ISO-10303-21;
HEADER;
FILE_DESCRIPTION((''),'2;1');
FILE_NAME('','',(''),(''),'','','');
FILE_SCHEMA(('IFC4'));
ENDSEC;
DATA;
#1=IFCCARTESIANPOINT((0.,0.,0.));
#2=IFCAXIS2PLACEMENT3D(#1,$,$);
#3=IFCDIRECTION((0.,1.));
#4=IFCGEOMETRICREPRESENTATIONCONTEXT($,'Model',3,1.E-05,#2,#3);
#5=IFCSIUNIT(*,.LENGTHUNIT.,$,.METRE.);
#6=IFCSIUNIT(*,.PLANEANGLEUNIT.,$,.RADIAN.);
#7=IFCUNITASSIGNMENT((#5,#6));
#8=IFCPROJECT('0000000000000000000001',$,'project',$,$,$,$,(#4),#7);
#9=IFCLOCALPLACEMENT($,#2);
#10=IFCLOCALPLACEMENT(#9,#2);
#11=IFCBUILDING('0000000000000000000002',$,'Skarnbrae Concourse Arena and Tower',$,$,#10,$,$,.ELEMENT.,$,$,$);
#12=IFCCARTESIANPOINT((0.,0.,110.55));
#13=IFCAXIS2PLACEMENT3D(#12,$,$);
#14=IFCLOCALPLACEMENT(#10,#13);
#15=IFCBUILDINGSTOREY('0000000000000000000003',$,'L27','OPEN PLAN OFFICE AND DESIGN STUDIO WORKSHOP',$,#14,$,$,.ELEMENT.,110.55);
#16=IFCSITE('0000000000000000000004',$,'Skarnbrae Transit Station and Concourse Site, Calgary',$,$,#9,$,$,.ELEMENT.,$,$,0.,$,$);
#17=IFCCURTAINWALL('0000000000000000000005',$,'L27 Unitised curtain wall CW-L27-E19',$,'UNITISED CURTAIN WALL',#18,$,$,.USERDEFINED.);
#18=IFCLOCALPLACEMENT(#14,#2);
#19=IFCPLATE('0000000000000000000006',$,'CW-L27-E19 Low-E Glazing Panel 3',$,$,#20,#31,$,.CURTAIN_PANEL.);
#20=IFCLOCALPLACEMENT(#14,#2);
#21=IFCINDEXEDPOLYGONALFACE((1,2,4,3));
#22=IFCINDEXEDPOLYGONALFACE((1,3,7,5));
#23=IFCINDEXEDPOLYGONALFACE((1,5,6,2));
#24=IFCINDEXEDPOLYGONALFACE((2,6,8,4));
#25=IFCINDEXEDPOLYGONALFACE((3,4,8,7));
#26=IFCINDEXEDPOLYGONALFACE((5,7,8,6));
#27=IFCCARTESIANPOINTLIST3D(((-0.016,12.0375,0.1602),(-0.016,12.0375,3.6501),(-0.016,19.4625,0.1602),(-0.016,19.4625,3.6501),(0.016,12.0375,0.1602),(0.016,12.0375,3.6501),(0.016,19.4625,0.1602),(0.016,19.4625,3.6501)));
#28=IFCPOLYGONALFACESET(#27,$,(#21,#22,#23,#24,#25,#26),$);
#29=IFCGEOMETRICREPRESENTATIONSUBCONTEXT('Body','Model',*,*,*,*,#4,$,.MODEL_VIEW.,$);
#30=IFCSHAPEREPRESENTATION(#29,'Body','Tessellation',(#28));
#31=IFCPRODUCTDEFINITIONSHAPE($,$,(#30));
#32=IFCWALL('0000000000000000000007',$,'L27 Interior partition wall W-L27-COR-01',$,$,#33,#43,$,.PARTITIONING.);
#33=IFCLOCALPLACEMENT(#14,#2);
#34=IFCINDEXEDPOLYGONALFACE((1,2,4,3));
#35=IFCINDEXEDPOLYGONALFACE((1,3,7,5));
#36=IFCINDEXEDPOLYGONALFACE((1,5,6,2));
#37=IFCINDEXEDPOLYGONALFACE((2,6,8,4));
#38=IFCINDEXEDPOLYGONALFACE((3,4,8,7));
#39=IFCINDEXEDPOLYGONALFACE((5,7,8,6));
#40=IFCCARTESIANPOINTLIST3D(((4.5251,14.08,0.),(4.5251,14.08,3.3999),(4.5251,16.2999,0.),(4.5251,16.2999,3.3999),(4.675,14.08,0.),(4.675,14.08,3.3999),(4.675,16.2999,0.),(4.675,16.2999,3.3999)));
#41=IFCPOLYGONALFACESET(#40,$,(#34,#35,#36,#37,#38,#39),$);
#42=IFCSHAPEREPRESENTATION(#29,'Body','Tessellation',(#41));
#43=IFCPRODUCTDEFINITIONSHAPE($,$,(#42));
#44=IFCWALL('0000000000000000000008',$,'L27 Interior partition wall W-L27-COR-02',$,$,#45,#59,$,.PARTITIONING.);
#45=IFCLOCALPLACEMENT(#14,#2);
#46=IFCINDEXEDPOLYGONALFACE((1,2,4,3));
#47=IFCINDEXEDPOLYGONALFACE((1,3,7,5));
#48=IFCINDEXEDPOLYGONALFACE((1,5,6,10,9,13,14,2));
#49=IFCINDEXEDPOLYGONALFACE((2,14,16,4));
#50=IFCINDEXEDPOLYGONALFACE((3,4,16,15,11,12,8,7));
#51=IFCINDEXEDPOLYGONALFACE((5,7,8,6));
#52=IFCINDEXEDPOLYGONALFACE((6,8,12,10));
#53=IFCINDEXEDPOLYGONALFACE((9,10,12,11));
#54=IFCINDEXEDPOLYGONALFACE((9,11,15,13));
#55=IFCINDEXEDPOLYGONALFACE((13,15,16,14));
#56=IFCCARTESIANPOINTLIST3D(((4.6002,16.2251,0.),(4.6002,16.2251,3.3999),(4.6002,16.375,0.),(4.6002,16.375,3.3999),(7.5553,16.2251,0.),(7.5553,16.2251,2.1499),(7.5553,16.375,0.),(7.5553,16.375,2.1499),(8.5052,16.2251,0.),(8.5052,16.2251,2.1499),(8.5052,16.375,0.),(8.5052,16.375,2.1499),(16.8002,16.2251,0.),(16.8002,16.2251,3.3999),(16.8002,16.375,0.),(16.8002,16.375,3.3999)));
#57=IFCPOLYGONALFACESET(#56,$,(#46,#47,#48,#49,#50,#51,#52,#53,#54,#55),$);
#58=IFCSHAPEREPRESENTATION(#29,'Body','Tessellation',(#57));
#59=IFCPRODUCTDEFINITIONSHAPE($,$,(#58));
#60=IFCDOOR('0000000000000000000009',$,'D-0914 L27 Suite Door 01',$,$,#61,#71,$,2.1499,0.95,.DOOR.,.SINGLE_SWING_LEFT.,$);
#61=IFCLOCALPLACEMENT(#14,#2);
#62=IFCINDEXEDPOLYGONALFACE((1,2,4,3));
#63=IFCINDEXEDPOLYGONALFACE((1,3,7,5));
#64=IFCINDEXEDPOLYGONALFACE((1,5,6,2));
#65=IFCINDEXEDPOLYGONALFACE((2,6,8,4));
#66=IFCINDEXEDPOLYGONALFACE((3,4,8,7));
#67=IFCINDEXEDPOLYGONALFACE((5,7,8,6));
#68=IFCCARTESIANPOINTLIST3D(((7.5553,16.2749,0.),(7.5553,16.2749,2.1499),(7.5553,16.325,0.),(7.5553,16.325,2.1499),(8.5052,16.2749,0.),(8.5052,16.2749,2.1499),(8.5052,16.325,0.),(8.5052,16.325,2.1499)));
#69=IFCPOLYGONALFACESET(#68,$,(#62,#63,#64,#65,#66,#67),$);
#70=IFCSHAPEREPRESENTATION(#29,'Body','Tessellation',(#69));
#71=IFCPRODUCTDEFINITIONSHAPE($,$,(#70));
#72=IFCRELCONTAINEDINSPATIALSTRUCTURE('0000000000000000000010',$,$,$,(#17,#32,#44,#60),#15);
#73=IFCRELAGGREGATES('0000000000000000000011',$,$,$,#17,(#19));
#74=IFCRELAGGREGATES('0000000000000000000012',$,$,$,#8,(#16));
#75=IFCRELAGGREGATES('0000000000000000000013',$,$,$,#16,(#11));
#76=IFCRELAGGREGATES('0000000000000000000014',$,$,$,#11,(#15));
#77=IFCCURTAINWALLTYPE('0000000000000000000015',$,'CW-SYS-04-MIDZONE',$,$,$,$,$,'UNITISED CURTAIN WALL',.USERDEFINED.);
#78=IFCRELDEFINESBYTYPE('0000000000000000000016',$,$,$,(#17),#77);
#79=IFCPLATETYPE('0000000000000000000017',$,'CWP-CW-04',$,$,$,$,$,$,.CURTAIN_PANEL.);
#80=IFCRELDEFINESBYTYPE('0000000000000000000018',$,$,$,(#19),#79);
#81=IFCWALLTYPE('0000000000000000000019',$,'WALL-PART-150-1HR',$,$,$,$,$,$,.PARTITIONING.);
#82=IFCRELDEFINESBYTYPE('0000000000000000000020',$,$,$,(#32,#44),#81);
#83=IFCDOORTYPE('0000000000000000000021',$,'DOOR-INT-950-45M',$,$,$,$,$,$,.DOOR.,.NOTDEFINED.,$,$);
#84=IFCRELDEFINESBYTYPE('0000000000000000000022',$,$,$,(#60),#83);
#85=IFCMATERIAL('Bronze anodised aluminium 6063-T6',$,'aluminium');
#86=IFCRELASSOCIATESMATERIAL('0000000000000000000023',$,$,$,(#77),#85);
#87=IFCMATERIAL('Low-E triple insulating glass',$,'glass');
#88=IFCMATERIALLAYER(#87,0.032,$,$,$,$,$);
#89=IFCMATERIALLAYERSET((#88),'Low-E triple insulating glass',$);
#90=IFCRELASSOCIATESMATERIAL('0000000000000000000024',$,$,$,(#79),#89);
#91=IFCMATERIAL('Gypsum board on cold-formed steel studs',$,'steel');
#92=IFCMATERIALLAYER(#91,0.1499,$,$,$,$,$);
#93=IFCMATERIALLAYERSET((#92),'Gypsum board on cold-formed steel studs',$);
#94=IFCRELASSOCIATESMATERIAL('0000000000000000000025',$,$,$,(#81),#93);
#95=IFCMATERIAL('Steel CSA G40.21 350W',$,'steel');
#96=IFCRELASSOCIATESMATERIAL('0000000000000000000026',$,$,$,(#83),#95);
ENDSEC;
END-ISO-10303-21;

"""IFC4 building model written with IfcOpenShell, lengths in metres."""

from ifc_helpers import new_model, si_unit, direction, frame, frame_2d, origin, origin_2d, place, context, subcontext, project, spatial, rectangle, extrude, source, transform, mapped, material, layer, layer_set, type_object, element, fill, aggregate, save


model = new_model("IFC4")

# Units and contexts
model_context = context("Model", 3, precision=1e-05, world=origin(), true_north=direction((0.0, 1.0)))
body_context = subcontext(model_context, "Body", "Model", "MODEL_VIEW")
ifc_project = project(units=[si_unit("LENGTHUNIT", "METRE"), si_unit("PLANEANGLEUNIT", "RADIAN")], contexts=[model_context])

# Site, building, storey
site_placement = place(None, origin())
site = spatial("IfcSite", under=ifc_project, at=site_placement, Name="Skarnbrae Transit Station and Concourse Site, Calgary", CompositionType="ELEMENT", RefElevation=0.0)
building_placement = place(site_placement, origin())
building = spatial("IfcBuilding", under=site, at=building_placement, Name="Skarnbrae Concourse Arena and Tower", CompositionType="ELEMENT")
storey_placement = place(building_placement, frame((0.0, 0.0, 110.55)))
storey = spatial("IfcBuildingStorey", under=building, at=storey_placement, Name="L27", Description="OPEN PLAN OFFICE AND DESIGN STUDIO WORKSHOP", CompositionType="ELEMENT", Elevation=110.55)

# Shared definitions
ifc_material_1 = material(Name="Steel CSA G40.21 350W", Category="steel")

# Curtain wall, plate
ifc_material_2 = material(Name="Bronze anodised aluminium 6063-T6", Category="aluminium")
curtain_wall_type = type_object("IfcCurtainWallType", Name="CW-SYS-04-MIDZONE", ElementType="UNITISED CURTAIN WALL", PredefinedType="USERDEFINED", material=ifc_material_2)
curtain_wall_placement = place(storey_placement, origin())
curtain_wall = element("IfcCurtainWall", 1, at=curtain_wall_placement, inside=storey, type_object=curtain_wall_type, Name="L27 Unitised curtain wall CW-L27-E19", ObjectType="UNITISED CURTAIN WALL", PredefinedType="USERDEFINED")
ifc_material_3 = material(Name="Low-E triple insulating glass", Category="glass")
ifc_layer_1 = layer(ifc_material_3, 0.032)
ifc_layer_set_1 = layer_set([ifc_layer_1], Name="Low-E triple insulating glass")
plate_type = type_object("IfcPlateType", Name="CWP-CW-04", PredefinedType="CURTAIN_PANEL", material=ifc_layer_set_1)
shared_shape_1 = source(origin(), body_context, "Body", "SweptSolid", [
    extrude(rectangle(XDim=7.425, YDim=0.032, at=origin_2d()), origin(), (0.0, 0.0, 1.0), 3.49),
])
plate_placement = place(storey_placement, frame((0.0, 15.75, 0.1602), z_axis=(0.0, 0.0, 1.0), x_axis=(0.0, -1.0, 0.0)))
plate = element("IfcPlate", 2, at=plate_placement, type_object=plate_type, Name="CW-L27-E19 Low-E Glazing Panel 3", PredefinedType="CURTAIN_PANEL", context=body_context, shape_type="MappedRepresentation", body=[
    mapped(shared_shape_1, transform((0.0, 0.0, 0.0))),
])
aggregate(curtain_wall, [plate])

# Wall
ifc_material_4 = material(Name="Gypsum board on cold-formed steel studs", Category="steel")
ifc_layer_2 = layer(ifc_material_4, 0.1499)
ifc_layer_set_2 = layer_set([ifc_layer_2], Name="Gypsum board on cold-formed steel studs")
wall_type_1 = type_object("IfcWallType", Name="WALL-PART-150-1HR", PredefinedType="PARTITIONING", material=ifc_layer_set_2)
shared_shape_2 = source(origin(), body_context, "Body", "SweptSolid", [
    extrude(rectangle(XDim=2.22, YDim=0.1499, at=frame_2d((1.1099, 0.0))), origin(), (0.0, 0.0, 1.0), 3.3999),
])
wall_1_placement = place(storey_placement, frame((4.6001, 14.0801, 0.0), z_axis=(0.0, 0.0, 1.0), x_axis=(0.0, 1.0, 0.0)))
element("IfcWall", 3, at=wall_1_placement, inside=storey, type_object=wall_type_1, Name="L27 Interior partition wall W-L27-COR-01", PredefinedType="PARTITIONING", context=body_context, shape_type="MappedRepresentation", body=[
    mapped(shared_shape_2, transform((0.0, 0.0, 0.0))),
])

# Wall, opening, door
shared_shape_3 = source(origin(), body_context, "Body", "SweptSolid", [
    extrude(rectangle(XDim=12.2, YDim=0.1499, at=frame_2d((6.1001, 0.0))), origin(), (0.0, 0.0, 1.0), 3.3999),
])
wall_2_placement = place(storey_placement, frame((4.6001, 16.3, 0.0), z_axis=(0.0, 0.0, 1.0), x_axis=(1.0, 0.0, 0.0)))
wall_2 = element("IfcWall", 4, at=wall_2_placement, inside=storey, type_object=wall_type_1, Name="L27 Interior partition wall W-L27-COR-02", PredefinedType="PARTITIONING", context=body_context, shape_type="MappedRepresentation", body=[
    mapped(shared_shape_3, transform((0.0, 0.0, 0.0))),
])
opening_1_placement = place(wall_2_placement, frame((2.9551, 0.0, 0.0)))
opening_1 = element("IfcOpeningElement", 5, at=opening_1_placement, cuts=wall_2, PredefinedType="OPENING", context=body_context, shape_type="SweptSolid", body=[
    extrude(rectangle(XDim=0.95, YDim=2.1499, at=frame_2d((0.4751, 1.075))), frame((0.0, 0.085, 0.0), z_axis=(0.0, -1.0, 0.0), x_axis=(1.0, 0.0, 0.0)), (0.0, 0.0, 1.0), 0.1699),
])
door_type_1 = type_object("IfcDoorType", Name="DOOR-INT-950-45M", OperationType="NOTDEFINED", PredefinedType="DOOR", material=ifc_material_1)
shared_shape_4 = source(origin(), body_context, "Body", "SweptSolid", [
    extrude(rectangle(XDim=0.95, YDim=2.1499, at=frame_2d((0.4751, 1.075))), frame((0.0, 0.0249, 0.0), z_axis=(0.0, -1.0, 0.0), x_axis=(1.0, 0.0, 0.0)), (0.0, 0.0, 1.0), 0.05),
])
door_1_placement = place(opening_1_placement, origin())
door_1 = element("IfcDoor", 6, at=door_1_placement, inside=storey, type_object=door_type_1, Name="D-0914 L27 Suite Door 01", OperationType="SINGLE_SWING_LEFT", OverallHeight=2.1499, OverallWidth=0.95, PredefinedType="DOOR", context=body_context, shape_type="MappedRepresentation", body=[
    mapped(shared_shape_4, transform((0.0, 0.0, 0.0))),
])
fill(opening_1, door_1)

save(model, "model.ifc")
